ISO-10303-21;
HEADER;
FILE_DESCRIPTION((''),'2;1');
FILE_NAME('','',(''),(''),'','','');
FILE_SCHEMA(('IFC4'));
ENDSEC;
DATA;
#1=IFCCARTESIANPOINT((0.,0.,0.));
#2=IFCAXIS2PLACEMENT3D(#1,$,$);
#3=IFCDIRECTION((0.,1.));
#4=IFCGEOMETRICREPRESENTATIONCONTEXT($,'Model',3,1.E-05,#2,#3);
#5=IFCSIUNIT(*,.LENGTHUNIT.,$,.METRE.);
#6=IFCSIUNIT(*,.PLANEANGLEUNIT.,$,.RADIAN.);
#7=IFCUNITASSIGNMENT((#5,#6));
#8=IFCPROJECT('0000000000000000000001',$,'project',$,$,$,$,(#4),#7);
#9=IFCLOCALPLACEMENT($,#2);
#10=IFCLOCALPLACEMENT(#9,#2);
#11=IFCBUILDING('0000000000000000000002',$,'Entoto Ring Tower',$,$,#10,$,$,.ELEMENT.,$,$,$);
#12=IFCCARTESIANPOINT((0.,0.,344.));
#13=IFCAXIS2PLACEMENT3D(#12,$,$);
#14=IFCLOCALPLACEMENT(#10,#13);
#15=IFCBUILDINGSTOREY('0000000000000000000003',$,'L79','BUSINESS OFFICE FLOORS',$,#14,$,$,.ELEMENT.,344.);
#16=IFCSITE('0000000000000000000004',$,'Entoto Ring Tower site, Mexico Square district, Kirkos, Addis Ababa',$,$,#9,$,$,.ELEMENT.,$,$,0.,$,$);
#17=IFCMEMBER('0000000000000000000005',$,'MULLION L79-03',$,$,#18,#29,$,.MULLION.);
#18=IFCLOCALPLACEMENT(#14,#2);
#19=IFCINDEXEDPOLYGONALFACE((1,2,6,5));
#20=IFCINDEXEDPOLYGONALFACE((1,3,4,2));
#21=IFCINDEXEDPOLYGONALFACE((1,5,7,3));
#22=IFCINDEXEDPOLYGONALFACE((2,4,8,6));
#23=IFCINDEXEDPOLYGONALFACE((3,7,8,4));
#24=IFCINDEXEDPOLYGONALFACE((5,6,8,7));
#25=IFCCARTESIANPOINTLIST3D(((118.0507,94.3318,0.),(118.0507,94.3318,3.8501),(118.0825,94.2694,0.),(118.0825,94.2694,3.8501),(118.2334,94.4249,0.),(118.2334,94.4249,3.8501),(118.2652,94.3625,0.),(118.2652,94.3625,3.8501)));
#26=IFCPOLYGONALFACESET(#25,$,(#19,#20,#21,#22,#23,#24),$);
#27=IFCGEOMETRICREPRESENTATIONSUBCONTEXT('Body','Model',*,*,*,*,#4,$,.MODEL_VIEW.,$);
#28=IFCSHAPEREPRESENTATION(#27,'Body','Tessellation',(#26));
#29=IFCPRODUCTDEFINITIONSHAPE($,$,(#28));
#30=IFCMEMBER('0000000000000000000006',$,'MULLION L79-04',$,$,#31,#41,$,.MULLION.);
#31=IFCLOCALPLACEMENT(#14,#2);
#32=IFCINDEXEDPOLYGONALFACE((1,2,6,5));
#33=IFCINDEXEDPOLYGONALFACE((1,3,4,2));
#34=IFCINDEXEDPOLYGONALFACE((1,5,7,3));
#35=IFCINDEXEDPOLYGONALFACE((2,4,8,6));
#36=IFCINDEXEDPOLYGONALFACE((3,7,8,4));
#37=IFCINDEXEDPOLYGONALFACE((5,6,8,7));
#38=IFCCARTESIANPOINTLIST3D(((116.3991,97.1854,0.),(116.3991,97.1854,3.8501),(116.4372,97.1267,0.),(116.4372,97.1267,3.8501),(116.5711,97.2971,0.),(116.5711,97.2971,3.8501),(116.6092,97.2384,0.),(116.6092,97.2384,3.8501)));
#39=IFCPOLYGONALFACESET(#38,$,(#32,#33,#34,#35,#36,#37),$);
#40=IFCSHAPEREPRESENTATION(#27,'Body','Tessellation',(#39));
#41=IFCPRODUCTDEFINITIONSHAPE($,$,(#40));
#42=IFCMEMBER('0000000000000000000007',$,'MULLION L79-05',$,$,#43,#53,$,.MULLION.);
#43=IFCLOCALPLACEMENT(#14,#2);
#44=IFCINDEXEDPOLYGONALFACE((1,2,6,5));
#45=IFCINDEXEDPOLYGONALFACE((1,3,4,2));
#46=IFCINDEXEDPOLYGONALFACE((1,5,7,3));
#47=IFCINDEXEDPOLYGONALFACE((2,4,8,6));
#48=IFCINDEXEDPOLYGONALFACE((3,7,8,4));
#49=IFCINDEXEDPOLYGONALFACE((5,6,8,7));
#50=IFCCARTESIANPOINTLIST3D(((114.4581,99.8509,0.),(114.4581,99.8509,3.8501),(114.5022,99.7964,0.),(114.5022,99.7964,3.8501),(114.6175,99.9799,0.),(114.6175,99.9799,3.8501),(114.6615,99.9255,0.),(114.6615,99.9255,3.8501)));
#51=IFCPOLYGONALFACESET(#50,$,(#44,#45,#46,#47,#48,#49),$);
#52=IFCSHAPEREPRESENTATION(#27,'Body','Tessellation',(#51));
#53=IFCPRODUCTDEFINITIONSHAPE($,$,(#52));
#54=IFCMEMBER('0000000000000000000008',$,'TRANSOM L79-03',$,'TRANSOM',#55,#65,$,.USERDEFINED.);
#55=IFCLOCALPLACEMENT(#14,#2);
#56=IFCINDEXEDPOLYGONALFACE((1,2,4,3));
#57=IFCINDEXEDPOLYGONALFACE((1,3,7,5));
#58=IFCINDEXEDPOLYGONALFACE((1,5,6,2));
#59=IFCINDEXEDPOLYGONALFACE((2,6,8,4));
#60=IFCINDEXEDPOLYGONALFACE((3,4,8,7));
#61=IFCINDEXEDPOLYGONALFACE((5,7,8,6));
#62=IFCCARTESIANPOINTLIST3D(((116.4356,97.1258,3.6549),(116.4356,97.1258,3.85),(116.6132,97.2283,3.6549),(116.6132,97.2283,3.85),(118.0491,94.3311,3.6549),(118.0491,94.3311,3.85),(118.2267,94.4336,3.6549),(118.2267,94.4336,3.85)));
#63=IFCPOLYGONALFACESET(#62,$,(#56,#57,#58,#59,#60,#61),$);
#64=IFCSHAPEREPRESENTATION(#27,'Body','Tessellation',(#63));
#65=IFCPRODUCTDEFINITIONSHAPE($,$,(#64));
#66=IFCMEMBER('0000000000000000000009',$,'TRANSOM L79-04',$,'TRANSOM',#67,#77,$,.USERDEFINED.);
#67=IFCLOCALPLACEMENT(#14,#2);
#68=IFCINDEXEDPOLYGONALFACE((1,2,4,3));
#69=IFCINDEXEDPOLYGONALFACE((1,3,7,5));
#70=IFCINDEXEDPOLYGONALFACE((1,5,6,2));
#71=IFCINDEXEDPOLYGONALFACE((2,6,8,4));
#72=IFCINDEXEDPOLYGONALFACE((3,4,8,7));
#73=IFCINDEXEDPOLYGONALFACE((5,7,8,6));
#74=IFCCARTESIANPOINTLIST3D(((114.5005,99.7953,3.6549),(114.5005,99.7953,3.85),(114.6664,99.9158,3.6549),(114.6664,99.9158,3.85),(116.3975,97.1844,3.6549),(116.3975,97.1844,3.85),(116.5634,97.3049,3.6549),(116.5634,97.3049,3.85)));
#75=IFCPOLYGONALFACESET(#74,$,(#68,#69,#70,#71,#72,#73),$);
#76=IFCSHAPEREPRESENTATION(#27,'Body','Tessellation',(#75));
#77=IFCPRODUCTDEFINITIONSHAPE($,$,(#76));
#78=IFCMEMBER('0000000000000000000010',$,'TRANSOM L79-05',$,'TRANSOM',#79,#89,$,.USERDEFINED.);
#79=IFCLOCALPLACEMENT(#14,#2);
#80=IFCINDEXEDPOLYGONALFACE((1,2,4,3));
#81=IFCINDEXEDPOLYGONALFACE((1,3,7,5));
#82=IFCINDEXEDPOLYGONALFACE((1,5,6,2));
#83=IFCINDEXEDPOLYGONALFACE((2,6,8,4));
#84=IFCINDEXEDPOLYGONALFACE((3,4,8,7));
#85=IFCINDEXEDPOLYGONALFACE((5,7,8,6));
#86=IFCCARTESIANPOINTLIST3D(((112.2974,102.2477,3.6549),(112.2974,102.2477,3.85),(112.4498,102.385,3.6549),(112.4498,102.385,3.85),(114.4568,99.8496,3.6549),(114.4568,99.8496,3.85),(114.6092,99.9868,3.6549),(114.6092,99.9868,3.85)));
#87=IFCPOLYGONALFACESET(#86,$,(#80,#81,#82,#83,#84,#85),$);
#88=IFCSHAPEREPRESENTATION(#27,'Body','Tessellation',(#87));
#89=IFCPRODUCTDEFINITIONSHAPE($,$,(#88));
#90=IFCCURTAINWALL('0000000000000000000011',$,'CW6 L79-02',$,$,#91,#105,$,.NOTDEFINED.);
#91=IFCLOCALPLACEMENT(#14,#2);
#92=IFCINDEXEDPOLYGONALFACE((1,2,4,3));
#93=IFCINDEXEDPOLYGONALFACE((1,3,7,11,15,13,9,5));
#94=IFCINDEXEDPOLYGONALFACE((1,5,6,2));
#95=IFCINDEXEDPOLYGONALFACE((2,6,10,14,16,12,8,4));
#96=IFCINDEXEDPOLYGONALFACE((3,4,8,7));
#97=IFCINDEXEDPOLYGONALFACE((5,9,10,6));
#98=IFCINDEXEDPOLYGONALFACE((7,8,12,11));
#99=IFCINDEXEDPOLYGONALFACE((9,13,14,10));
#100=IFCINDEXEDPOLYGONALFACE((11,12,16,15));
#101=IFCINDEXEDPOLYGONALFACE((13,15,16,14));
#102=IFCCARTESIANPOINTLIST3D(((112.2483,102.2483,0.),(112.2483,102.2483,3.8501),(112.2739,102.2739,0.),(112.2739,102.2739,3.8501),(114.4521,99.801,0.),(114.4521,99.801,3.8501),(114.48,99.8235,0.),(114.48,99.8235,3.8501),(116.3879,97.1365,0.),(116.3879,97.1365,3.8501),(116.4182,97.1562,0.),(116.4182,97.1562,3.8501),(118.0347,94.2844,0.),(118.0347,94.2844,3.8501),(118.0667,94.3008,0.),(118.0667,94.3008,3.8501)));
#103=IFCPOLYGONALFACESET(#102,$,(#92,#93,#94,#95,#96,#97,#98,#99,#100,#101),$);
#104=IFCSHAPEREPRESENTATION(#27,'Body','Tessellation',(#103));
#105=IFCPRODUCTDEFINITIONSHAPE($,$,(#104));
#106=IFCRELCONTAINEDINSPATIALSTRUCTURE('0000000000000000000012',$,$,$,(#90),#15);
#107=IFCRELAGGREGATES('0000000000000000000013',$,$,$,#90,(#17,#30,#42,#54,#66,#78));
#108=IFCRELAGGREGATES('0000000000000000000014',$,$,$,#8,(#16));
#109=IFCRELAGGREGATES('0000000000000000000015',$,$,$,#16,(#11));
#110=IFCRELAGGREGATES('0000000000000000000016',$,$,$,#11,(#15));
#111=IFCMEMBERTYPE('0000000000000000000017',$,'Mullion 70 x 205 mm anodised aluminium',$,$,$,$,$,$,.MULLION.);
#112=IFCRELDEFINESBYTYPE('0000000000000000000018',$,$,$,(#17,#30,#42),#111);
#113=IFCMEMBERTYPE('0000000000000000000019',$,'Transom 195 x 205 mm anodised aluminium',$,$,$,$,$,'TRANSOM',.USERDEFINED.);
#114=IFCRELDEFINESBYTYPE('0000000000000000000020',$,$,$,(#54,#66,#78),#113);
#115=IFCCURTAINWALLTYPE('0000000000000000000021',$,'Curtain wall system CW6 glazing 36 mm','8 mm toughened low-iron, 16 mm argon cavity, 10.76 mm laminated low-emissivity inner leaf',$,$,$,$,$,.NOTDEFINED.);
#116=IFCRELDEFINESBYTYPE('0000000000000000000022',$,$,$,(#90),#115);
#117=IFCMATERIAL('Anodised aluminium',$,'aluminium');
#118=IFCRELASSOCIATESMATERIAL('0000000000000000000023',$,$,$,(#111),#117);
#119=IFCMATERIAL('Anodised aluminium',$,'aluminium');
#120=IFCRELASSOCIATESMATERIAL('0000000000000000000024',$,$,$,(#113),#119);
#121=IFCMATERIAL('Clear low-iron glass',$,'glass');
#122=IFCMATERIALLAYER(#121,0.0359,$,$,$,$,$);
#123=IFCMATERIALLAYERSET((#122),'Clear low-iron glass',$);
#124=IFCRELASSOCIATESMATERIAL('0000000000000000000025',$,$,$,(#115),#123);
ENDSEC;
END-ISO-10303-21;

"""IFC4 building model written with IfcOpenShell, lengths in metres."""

from ifc_helpers import new_model, si_unit, direction, frame, origin, origin_2d, place, context, subcontext, project, spatial, polyline, rectangle, outline, extrude, material, layer, layer_set, material_profile, profile_set, type_object, element, aggregate, save


model = new_model("IFC4")

# Units and contexts
model_context = context("Model", 3, precision=1e-05, world=origin(), true_north=direction((0.0, 1.0)))
body_context = subcontext(model_context, "Body", "Model", "MODEL_VIEW")
ifc_project = project(units=[si_unit("LENGTHUNIT", "METRE"), si_unit("PLANEANGLEUNIT", "RADIAN")], contexts=[model_context])

# Members
ifc_material_1 = material(Name="Anodised aluminium", Category="aluminium")
ifc_material_profile_1 = material_profile(ifc_material_1, rectangle(XDim=0.0701, YDim=0.2051, at=origin_2d()), Name="Mullion 70 x 205 mm anodised aluminium")
ifc_profile_set_1 = profile_set([ifc_material_profile_1], Name="Anodised aluminium")
member_type_1 = type_object("IfcMemberType", Name="Mullion 70 x 205 mm anodised aluminium", PredefinedType="MULLION", material=ifc_profile_set_1)
site_placement = place(None, origin())
building_placement = place(site_placement, origin())
storey_placement = place(building_placement, frame((0.0, 0.0, 344.0)))
member_1_placement = place(storey_placement, frame((118.158, 94.3472, 0.0), z_axis=(0.0, 0.0, 1.0), x_axis=(-0.45399, 0.891007, 0.0)))
member_1 = element("IfcMember", 1, at=member_1_placement, type_object=member_type_1, Name="MULLION L79-03", PredefinedType="MULLION", context=body_context, shape_type="SweptSolid", body=[
    extrude(rectangle(XDim=0.0701, YDim=0.2051, at=origin_2d()), origin(), (0.0, 0.0, 1.0), 3.8501),
])
member_2_placement = place(storey_placement, frame((116.5042, 97.2119, 0.0), z_axis=(0.0, 0.0, 1.0), x_axis=(-0.544639, 0.838671, 0.0)))
member_2 = element("IfcMember", 2, at=member_2_placement, type_object=member_type_1, Name="MULLION L79-04", PredefinedType="MULLION", context=body_context, shape_type="SweptSolid", body=[
    extrude(rectangle(XDim=0.0701, YDim=0.2051, at=origin_2d()), origin(), (0.0, 0.0, 1.0), 3.8501),
])
member_3_placement = place(storey_placement, frame((114.5598, 99.8882, 0.0), z_axis=(0.0, 0.0, 1.0), x_axis=(-0.62932, 0.777146, 0.0)))
member_3 = element("IfcMember", 3, at=member_3_placement, type_object=member_type_1, Name="MULLION L79-05", PredefinedType="MULLION", context=body_context, shape_type="SweptSolid", body=[
    extrude(rectangle(XDim=0.0701, YDim=0.2051, at=origin_2d()), origin(), (0.0, 0.0, 1.0), 3.8501),
])
ifc_material_2 = material(Name="Anodised aluminium", Category="aluminium")
ifc_material_profile_2 = material_profile(ifc_material_2, rectangle(XDim=0.2051, YDim=0.1951, at=origin_2d()), Name="Transom 195 x 205 mm anodised aluminium")
ifc_profile_set_2 = profile_set([ifc_material_profile_2], Name="Anodised aluminium")
member_type_2 = type_object("IfcMemberType", Name="Transom 195 x 205 mm anodised aluminium", ElementType="TRANSOM", PredefinedType="USERDEFINED", material=ifc_profile_set_2)
member_4_placement = place(storey_placement, frame((118.1379, 94.3823, 3.7524), z_axis=(-0.500004, 0.866023, 0.0), x_axis=(-0.866023, -0.500004, 0.0)))
member_4 = element("IfcMember", 4, at=member_4_placement, type_object=member_type_2, Name="TRANSOM L79-03", ObjectType="TRANSOM", PredefinedType="USERDEFINED", context=body_context, shape_type="SweptSolid", body=[
    extrude(rectangle(XDim=0.2051, YDim=0.1951, at=origin_2d()), origin(), (0.0, 0.0, 1.0), 3.2271),
])
member_5_placement = place(storey_placement, frame((116.4805, 97.2446, 3.7524), z_axis=(-0.587803, 0.809004, 0.0), x_axis=(-0.809004, -0.587803, 0.0)))
member_5 = element("IfcMember", 5, at=member_5_placement, type_object=member_type_2, Name="TRANSOM L79-04", ObjectType="TRANSOM", PredefinedType="USERDEFINED", context=body_context, shape_type="SweptSolid", body=[
    extrude(rectangle(XDim=0.2051, YDim=0.1951, at=origin_2d()), origin(), (0.0, 0.0, 1.0), 3.2273),
])
member_6_placement = place(storey_placement, frame((114.533, 99.9182, 3.7524), z_axis=(-0.669144, 0.743132, 0.0), x_axis=(-0.743132, -0.669144, 0.0)))
member_6 = element("IfcMember", 6, at=member_6_placement, type_object=member_type_2, Name="TRANSOM L79-05", ObjectType="TRANSOM", PredefinedType="USERDEFINED", context=body_context, shape_type="SweptSolid", body=[
    extrude(rectangle(XDim=0.2051, YDim=0.1951, at=origin_2d()), origin(), (0.0, 0.0, 1.0), 3.2271),
])

# Site, building, storey
site = spatial("IfcSite", under=ifc_project, at=site_placement, Name="Entoto Ring Tower site, Mexico Square district, Kirkos, Addis Ababa", CompositionType="ELEMENT", RefElevation=0.0)
building = spatial("IfcBuilding", under=site, at=building_placement, Name="Entoto Ring Tower", CompositionType="ELEMENT")
storey = spatial("IfcBuildingStorey", under=building, at=storey_placement, Name="L79", Description="BUSINESS OFFICE FLOORS", CompositionType="ELEMENT", Elevation=344.0)

# Curtain wall
ifc_material_3 = material(Name="Clear low-iron glass", Category="glass")
ifc_layer_1 = layer(ifc_material_3, 0.0359)
ifc_layer_set_1 = layer_set([ifc_layer_1], Name="Clear low-iron glass")
curtain_wall_type = type_object("IfcCurtainWallType", Name="Curtain wall system CW6 glazing 36 mm", Description="8 mm toughened low-iron, 16 mm argon cavity, 10.76 mm laminated low-emissivity inner leaf", PredefinedType="NOTDEFINED", material=ifc_layer_set_1)
curtain_wall_1_placement = place(storey_placement, origin())
curtain_wall_1 = element("IfcCurtainWall", 7, at=curtain_wall_1_placement, inside=storey, type_object=curtain_wall_type, Name="CW6 L79-02", PredefinedType="NOTDEFINED", context=body_context, shape_type="SweptSolid", body=[
    extrude(outline(polyline([(118.0667, 94.3008), (116.4182, 97.1562), (114.48, 99.8235), (112.2739, 102.2739), (112.2483, 102.2483), (114.4521, 99.801), (116.3879, 97.1365), (118.0347, 94.2844), (118.0667, 94.3008)])), origin(), (0.0, 0.0, 1.0), 3.8501),
])
aggregate(curtain_wall_1, [member_1, member_2, member_3, member_4, member_5, member_6])

save(model, "model.ifc")
